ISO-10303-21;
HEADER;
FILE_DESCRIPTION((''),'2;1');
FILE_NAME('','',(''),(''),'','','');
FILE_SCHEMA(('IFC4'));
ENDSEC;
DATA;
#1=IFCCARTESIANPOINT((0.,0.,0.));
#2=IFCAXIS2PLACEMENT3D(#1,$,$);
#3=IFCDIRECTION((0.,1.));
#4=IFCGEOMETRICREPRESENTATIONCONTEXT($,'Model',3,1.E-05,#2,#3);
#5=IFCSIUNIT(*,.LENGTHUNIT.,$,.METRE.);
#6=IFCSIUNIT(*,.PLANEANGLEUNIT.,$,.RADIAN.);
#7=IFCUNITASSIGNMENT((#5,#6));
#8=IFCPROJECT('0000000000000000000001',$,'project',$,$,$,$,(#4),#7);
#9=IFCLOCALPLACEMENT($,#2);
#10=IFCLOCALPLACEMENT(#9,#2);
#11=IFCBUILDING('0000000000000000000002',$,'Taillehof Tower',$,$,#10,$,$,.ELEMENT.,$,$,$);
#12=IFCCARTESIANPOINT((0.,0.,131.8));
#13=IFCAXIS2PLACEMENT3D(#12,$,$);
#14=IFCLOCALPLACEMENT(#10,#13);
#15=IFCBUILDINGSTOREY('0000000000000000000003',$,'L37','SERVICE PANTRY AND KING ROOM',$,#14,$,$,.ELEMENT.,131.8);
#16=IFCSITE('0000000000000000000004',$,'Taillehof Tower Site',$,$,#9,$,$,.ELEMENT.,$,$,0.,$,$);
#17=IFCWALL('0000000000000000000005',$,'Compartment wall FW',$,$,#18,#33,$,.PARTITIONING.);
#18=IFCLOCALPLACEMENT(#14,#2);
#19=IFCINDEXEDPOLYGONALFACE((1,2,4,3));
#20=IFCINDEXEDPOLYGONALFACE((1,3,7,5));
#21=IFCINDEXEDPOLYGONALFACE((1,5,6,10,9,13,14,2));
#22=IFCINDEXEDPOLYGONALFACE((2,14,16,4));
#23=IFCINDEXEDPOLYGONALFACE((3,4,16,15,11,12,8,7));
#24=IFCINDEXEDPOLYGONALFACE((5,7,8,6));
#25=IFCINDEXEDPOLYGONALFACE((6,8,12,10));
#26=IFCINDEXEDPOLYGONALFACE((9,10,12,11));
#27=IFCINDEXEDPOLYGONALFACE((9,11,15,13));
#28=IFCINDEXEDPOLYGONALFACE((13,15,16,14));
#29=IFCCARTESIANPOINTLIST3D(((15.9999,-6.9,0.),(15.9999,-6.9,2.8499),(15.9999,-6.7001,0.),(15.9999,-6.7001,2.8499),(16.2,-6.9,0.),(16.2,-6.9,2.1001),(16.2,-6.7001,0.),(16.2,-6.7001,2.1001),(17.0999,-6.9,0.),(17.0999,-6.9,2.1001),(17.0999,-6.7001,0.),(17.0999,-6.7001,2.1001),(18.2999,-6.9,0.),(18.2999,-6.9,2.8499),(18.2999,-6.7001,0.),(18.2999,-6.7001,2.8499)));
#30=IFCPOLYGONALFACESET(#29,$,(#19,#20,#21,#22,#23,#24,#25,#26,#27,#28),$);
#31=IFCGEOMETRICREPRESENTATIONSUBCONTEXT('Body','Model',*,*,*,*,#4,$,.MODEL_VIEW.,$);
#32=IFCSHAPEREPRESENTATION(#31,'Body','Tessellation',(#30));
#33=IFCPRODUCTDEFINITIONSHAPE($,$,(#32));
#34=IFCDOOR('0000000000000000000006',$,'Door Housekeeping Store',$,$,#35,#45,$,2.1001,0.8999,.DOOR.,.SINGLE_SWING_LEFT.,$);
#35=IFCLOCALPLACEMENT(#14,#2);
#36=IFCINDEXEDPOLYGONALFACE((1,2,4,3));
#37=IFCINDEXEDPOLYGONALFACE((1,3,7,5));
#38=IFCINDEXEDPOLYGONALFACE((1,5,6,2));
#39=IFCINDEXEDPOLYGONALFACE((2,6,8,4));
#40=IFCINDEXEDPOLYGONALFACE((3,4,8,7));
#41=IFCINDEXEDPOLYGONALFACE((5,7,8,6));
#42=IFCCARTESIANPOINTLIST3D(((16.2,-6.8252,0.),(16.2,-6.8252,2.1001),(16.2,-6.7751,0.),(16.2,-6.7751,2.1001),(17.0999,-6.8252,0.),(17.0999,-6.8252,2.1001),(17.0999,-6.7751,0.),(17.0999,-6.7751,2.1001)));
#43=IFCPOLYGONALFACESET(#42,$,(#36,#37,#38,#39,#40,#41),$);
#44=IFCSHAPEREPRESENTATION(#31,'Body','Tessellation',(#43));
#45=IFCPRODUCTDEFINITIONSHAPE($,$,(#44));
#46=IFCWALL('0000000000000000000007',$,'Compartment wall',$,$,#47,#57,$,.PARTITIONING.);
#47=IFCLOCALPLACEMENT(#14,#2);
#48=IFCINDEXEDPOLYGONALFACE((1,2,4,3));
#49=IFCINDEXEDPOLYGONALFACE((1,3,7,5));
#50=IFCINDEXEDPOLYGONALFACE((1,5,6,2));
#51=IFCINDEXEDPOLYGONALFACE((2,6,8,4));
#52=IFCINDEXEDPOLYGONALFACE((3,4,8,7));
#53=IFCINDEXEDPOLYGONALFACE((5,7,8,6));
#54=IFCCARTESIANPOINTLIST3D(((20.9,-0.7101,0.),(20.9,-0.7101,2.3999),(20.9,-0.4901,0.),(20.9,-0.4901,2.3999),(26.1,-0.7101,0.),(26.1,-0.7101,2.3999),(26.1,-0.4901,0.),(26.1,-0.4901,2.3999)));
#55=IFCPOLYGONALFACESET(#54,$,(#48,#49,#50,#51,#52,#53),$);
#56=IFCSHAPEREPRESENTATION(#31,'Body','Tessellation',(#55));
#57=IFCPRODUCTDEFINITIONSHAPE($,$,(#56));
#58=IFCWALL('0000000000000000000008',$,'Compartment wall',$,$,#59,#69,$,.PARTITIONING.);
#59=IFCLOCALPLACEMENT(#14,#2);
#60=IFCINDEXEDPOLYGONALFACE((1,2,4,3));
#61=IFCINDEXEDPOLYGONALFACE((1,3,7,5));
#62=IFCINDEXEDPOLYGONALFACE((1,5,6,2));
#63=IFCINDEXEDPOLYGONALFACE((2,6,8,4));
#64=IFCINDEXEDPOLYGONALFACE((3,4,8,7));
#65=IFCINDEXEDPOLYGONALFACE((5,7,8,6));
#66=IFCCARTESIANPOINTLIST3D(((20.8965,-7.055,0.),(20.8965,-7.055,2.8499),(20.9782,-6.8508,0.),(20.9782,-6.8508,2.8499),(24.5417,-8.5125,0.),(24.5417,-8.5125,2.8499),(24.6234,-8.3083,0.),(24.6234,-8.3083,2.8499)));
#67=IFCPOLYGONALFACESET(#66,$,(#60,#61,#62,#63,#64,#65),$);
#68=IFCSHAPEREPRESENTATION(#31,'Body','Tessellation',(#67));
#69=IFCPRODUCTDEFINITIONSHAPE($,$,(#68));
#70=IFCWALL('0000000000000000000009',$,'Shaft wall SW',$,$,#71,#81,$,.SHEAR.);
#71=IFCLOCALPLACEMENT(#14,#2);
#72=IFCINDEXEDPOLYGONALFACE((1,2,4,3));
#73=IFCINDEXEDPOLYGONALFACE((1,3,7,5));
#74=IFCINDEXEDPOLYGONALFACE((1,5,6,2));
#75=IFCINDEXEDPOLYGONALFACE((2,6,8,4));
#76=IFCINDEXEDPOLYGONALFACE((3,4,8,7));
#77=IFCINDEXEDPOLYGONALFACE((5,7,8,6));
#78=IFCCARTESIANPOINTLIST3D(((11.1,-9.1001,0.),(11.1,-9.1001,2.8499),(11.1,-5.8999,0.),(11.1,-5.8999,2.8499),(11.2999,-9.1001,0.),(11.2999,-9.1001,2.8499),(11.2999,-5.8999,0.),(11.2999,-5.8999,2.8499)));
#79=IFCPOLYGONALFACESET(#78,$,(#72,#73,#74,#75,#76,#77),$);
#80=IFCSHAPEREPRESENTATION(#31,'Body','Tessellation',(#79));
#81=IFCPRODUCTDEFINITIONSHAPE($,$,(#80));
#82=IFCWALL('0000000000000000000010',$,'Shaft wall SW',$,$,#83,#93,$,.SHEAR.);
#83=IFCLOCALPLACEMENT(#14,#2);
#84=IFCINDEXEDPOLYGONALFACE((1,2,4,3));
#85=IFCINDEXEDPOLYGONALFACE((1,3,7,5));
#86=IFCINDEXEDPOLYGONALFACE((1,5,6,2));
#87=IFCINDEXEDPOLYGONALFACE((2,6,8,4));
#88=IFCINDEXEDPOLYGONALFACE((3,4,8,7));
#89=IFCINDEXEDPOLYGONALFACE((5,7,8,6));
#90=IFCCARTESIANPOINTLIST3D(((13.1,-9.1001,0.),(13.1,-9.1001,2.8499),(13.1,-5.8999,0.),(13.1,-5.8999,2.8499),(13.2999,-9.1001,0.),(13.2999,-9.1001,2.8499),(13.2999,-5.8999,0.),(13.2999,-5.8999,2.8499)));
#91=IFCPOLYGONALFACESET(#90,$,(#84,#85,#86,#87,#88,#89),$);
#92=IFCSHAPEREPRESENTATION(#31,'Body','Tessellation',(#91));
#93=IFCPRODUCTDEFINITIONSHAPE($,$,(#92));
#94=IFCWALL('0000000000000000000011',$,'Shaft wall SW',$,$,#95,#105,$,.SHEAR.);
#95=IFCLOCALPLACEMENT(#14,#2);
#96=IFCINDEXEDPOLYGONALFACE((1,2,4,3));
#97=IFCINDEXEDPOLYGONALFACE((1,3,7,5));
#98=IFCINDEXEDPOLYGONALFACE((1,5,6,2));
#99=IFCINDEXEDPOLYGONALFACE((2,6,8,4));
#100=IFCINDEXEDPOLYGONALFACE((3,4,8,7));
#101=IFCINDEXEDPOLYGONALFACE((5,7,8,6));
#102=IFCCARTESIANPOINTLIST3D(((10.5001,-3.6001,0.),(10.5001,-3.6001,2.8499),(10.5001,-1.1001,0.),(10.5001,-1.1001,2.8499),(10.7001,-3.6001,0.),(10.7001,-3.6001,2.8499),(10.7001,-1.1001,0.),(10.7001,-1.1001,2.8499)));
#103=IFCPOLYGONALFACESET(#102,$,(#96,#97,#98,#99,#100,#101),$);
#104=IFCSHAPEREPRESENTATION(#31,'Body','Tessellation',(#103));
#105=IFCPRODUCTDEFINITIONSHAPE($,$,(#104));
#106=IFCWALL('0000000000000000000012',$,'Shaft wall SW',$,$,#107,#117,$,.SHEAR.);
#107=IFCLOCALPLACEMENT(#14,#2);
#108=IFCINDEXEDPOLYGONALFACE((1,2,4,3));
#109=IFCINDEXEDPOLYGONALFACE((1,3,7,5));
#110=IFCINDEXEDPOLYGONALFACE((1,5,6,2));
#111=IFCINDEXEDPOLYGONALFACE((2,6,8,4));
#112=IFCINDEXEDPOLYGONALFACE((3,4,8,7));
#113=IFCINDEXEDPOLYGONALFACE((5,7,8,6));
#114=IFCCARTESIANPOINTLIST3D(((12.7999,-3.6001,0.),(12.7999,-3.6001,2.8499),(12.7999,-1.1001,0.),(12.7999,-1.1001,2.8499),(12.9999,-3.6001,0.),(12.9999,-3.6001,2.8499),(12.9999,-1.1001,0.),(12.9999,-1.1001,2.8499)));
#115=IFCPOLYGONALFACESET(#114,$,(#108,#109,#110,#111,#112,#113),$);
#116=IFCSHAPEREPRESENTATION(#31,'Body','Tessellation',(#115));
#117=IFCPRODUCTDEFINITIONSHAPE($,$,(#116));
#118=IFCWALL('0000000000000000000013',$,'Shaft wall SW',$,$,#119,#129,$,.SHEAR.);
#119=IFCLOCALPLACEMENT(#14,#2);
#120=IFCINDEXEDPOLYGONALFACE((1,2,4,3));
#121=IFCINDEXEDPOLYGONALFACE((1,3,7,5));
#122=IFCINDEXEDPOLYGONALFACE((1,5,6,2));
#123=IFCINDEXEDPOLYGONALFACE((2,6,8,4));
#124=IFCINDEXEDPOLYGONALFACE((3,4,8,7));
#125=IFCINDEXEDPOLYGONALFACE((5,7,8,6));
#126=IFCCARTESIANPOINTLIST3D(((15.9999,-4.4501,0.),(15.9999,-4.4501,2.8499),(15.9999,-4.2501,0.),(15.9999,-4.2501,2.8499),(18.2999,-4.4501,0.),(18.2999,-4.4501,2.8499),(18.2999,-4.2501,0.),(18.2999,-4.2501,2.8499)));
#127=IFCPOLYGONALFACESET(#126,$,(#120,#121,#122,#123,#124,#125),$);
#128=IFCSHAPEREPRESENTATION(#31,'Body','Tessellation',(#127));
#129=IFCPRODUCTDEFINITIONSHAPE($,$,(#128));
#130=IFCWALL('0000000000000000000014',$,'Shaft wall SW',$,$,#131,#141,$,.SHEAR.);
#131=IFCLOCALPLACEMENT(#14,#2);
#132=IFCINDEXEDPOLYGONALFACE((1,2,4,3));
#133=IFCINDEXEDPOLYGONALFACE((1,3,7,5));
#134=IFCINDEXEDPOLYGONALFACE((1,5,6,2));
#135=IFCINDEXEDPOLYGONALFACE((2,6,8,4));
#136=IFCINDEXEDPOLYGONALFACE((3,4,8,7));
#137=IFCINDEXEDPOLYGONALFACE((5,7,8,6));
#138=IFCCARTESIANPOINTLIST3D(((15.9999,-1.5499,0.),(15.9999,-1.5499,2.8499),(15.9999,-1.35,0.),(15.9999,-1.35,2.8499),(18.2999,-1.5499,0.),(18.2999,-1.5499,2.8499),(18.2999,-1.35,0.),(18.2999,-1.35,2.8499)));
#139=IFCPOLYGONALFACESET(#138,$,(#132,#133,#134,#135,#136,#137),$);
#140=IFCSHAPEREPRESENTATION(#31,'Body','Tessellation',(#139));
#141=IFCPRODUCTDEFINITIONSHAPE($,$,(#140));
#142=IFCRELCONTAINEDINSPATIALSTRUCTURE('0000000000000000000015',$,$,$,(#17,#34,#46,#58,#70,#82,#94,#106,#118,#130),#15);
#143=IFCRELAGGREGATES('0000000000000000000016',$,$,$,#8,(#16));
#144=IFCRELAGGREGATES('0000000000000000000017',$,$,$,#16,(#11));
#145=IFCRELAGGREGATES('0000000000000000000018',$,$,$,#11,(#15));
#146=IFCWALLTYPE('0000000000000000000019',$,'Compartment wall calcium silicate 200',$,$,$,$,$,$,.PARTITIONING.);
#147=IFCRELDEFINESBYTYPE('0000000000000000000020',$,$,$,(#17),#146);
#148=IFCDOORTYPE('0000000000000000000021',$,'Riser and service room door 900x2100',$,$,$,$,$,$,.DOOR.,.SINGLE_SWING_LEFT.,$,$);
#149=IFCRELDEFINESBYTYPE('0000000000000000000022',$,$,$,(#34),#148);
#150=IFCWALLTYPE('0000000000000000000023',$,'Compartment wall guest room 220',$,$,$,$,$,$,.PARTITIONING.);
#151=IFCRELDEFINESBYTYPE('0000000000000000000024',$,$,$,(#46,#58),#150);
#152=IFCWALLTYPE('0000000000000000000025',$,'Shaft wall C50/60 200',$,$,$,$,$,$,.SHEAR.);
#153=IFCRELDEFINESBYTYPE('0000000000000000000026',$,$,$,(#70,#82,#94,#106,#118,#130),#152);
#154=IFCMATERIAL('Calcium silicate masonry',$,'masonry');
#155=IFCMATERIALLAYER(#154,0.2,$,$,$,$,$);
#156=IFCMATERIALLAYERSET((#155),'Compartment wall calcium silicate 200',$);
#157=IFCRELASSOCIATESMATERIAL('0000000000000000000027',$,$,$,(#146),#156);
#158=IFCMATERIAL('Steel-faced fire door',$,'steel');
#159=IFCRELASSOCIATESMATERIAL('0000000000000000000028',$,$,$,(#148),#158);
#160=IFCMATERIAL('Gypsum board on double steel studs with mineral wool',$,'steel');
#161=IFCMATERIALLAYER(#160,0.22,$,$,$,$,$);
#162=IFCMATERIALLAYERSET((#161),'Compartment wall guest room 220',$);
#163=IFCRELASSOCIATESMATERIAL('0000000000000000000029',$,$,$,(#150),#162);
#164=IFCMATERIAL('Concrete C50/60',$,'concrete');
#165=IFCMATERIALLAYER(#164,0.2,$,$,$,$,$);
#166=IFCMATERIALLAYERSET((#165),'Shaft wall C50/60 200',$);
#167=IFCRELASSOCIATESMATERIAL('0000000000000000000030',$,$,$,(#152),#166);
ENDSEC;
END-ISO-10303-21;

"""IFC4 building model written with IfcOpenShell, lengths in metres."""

from ifc_helpers import new_model, si_unit, direction, frame, frame_2d, origin, place, context, subcontext, project, spatial, rectangle, extrude, material, layer, layer_set, type_object, element, fill, save


model = new_model("IFC4")

# Units and contexts
model_context = context("Model", 3, precision=1e-05, world=origin(), true_north=direction((0.0, 1.0)))
body_context = subcontext(model_context, "Body", "Model", "MODEL_VIEW")
ifc_project = project(units=[si_unit("LENGTHUNIT", "METRE"), si_unit("PLANEANGLEUNIT", "RADIAN")], contexts=[model_context])

# Site, building, storey
site_placement = place(None, origin())
site = spatial("IfcSite", under=ifc_project, at=site_placement, Name="Taillehof Tower Site", CompositionType="ELEMENT", RefElevation=0.0)
building_placement = place(site_placement, origin())
building = spatial("IfcBuilding", under=site, at=building_placement, Name="Taillehof Tower", CompositionType="ELEMENT")
storey_placement = place(building_placement, frame((0.0, 0.0, 131.8)))
storey = spatial("IfcBuildingStorey", under=building, at=storey_placement, Name="L37", Description="SERVICE PANTRY AND KING ROOM", CompositionType="ELEMENT", Elevation=131.8)

# Shared definitions
ifc_material_1 = material(Name="Calcium silicate masonry", Category="masonry")
ifc_layer_1 = layer(ifc_material_1, 0.2)
ifc_layer_set_1 = layer_set([ifc_layer_1], Name="Compartment wall calcium silicate 200")
wall_type_1 = type_object("IfcWallType", Name="Compartment wall calcium silicate 200", PredefinedType="PARTITIONING", material=ifc_layer_set_1)

# Wall, opening, door
wall_1_placement = place(storey_placement, frame((16.0, -6.8, 0.0), z_axis=(0.0, 0.0, 1.0), x_axis=(1.0, 0.0, 0.0)))
wall_1 = element("IfcWall", 1, at=wall_1_placement, inside=storey, type_object=wall_type_1, Name="Compartment wall FW", PredefinedType="PARTITIONING", context=body_context, shape_type="SweptSolid", body=[
    extrude(rectangle(XDim=2.3, YDim=0.2, at=frame_2d((1.1499, 0.0))), origin(), (0.0, 0.0, 1.0), 2.8499),
])
opening_1_placement = place(wall_1_placement, frame((0.2, 0.0, 0.0)))
opening_1 = element("IfcOpeningElement", 2, at=opening_1_placement, cuts=wall_1, PredefinedType="OPENING", context=body_context, shape_type="SweptSolid", body=[
    extrude(rectangle(XDim=0.8999, YDim=2.1001, at=frame_2d((0.45, 1.05))), frame((0.0, 0.1099, 0.0), z_axis=(0.0, -1.0, 0.0), x_axis=(1.0, 0.0, 0.0)), (0.0, 0.0, 1.0), 0.22),
])
ifc_material_2 = material(Name="Steel-faced fire door", Category="steel")
door_type = type_object("IfcDoorType", Name="Riser and service room door 900x2100", OperationType="SINGLE_SWING_LEFT", PredefinedType="DOOR", material=ifc_material_2)
door_placement = place(opening_1_placement, origin())
door = element("IfcDoor", 3, at=door_placement, inside=storey, type_object=door_type, Name="Door Housekeeping Store", OperationType="SINGLE_SWING_LEFT", OverallHeight=2.1001, OverallWidth=0.8999, PredefinedType="DOOR", context=body_context, shape_type="SweptSolid", body=[
    extrude(rectangle(XDim=0.8999, YDim=2.1001, at=frame_2d((0.45, 1.05))), frame((0.0, 0.0249, 0.0), z_axis=(0.0, -1.0, 0.0), x_axis=(1.0, 0.0, 0.0)), (0.0, 0.0, 1.0), 0.05),
])
fill(opening_1, door)

# Walls
ifc_material_3 = material(Name="Gypsum board on double steel studs with mineral wool", Category="steel")
ifc_layer_2 = layer(ifc_material_3, 0.22)
ifc_layer_set_2 = layer_set([ifc_layer_2], Name="Compartment wall guest room 220")
wall_type_2 = type_object("IfcWallType", Name="Compartment wall guest room 220", PredefinedType="PARTITIONING", material=ifc_layer_set_2)
wall_2_placement = place(storey_placement, frame((26.1001, -0.6001, 0.0), z_axis=(0.0, 0.0, 1.0), x_axis=(-1.0, 0.0, 0.0)))
element("IfcWall", 4, at=wall_2_placement, inside=storey, type_object=wall_type_2, Name="Compartment wall", PredefinedType="PARTITIONING", context=body_context, shape_type="SweptSolid", body=[
    extrude(rectangle(XDim=5.2, YDim=0.22, at=frame_2d((2.6001, 0.0))), origin(), (0.0, 0.0, 1.0), 2.3999),
])
wall_3_placement = place(storey_placement, frame((24.5825, -8.4104, 0.0), z_axis=(0.0, 0.0, 1.0), x_axis=(-0.928528, 0.371262, 0.0)))
element("IfcWall", 5, at=wall_3_placement, inside=storey, type_object=wall_type_2, Name="Compartment wall", PredefinedType="PARTITIONING", context=body_context, shape_type="SweptSolid", body=[
    extrude(rectangle(XDim=3.9258, YDim=0.22, at=frame_2d((1.9629, 0.0))), origin(), (0.0, 0.0, 1.0), 2.8499),
])
ifc_material_4 = material(Name="Concrete C50/60", Category="concrete")
ifc_layer_3 = layer(ifc_material_4, 0.2)
ifc_layer_set_3 = layer_set([ifc_layer_3], Name="Shaft wall C50/60 200")
wall_type_3 = type_object("IfcWallType", Name="Shaft wall C50/60 200", PredefinedType="SHEAR", material=ifc_layer_set_3)
for number, where, z_axis, x_axis, name in (
    (6, (11.2, -9.1001, 0.0), (0.0, 0.0, 1.0), (0.0, 1.0, 0.0), "Shaft wall SW"),
    (7, (13.2, -9.1001, 0.0), (0.0, 0.0, 1.0), (0.0, 1.0, 0.0), "Shaft wall SW"),
):
    element("IfcWall", number, at=place(storey_placement, frame(where, z_axis=z_axis, x_axis=x_axis)), inside=storey, type_object=wall_type_3, Name=name, PredefinedType="SHEAR", context=body_context, shape_type="SweptSolid", body=[
        extrude(rectangle(XDim=3.2002, YDim=0.2, at=frame_2d((1.6001, 0.0))), origin(), (0.0, 0.0, 1.0), 2.8499),
    ])
for number, where, z_axis, x_axis, name in (
    (8, (10.6001, -3.6001, 0.0), (0.0, 0.0, 1.0), (0.0, 1.0, 0.0), "Shaft wall SW"),
    (9, (12.8999, -3.6001, 0.0), (0.0, 0.0, 1.0), (0.0, 1.0, 0.0), "Shaft wall SW"),
):
    element("IfcWall", number, at=place(storey_placement, frame(where, z_axis=z_axis, x_axis=x_axis)), inside=storey, type_object=wall_type_3, Name=name, PredefinedType="SHEAR", context=body_context, shape_type="SweptSolid", body=[
        extrude(rectangle(XDim=2.5, YDim=0.2, at=frame_2d((1.25, 0.0))), origin(), (0.0, 0.0, 1.0), 2.8499),
    ])
for number, where, z_axis, x_axis, name in (
    (10, (16.0, -4.3501, 0.0), (0.0, 0.0, 1.0), (1.0, 0.0, 0.0), "Shaft wall SW"),
    (11, (16.0, -1.45, 0.0), (0.0, 0.0, 1.0), (1.0, 0.0, 0.0), "Shaft wall SW"),
):
    element("IfcWall", number, at=place(storey_placement, frame(where, z_axis=z_axis, x_axis=x_axis)), inside=storey, type_object=wall_type_3, Name=name, PredefinedType="SHEAR", context=body_context, shape_type="SweptSolid", body=[
        extrude(rectangle(XDim=2.3, YDim=0.2, at=frame_2d((1.1499, 0.0))), origin(), (0.0, 0.0, 1.0), 2.8499),
    ])

save(model, "model.ifc")
